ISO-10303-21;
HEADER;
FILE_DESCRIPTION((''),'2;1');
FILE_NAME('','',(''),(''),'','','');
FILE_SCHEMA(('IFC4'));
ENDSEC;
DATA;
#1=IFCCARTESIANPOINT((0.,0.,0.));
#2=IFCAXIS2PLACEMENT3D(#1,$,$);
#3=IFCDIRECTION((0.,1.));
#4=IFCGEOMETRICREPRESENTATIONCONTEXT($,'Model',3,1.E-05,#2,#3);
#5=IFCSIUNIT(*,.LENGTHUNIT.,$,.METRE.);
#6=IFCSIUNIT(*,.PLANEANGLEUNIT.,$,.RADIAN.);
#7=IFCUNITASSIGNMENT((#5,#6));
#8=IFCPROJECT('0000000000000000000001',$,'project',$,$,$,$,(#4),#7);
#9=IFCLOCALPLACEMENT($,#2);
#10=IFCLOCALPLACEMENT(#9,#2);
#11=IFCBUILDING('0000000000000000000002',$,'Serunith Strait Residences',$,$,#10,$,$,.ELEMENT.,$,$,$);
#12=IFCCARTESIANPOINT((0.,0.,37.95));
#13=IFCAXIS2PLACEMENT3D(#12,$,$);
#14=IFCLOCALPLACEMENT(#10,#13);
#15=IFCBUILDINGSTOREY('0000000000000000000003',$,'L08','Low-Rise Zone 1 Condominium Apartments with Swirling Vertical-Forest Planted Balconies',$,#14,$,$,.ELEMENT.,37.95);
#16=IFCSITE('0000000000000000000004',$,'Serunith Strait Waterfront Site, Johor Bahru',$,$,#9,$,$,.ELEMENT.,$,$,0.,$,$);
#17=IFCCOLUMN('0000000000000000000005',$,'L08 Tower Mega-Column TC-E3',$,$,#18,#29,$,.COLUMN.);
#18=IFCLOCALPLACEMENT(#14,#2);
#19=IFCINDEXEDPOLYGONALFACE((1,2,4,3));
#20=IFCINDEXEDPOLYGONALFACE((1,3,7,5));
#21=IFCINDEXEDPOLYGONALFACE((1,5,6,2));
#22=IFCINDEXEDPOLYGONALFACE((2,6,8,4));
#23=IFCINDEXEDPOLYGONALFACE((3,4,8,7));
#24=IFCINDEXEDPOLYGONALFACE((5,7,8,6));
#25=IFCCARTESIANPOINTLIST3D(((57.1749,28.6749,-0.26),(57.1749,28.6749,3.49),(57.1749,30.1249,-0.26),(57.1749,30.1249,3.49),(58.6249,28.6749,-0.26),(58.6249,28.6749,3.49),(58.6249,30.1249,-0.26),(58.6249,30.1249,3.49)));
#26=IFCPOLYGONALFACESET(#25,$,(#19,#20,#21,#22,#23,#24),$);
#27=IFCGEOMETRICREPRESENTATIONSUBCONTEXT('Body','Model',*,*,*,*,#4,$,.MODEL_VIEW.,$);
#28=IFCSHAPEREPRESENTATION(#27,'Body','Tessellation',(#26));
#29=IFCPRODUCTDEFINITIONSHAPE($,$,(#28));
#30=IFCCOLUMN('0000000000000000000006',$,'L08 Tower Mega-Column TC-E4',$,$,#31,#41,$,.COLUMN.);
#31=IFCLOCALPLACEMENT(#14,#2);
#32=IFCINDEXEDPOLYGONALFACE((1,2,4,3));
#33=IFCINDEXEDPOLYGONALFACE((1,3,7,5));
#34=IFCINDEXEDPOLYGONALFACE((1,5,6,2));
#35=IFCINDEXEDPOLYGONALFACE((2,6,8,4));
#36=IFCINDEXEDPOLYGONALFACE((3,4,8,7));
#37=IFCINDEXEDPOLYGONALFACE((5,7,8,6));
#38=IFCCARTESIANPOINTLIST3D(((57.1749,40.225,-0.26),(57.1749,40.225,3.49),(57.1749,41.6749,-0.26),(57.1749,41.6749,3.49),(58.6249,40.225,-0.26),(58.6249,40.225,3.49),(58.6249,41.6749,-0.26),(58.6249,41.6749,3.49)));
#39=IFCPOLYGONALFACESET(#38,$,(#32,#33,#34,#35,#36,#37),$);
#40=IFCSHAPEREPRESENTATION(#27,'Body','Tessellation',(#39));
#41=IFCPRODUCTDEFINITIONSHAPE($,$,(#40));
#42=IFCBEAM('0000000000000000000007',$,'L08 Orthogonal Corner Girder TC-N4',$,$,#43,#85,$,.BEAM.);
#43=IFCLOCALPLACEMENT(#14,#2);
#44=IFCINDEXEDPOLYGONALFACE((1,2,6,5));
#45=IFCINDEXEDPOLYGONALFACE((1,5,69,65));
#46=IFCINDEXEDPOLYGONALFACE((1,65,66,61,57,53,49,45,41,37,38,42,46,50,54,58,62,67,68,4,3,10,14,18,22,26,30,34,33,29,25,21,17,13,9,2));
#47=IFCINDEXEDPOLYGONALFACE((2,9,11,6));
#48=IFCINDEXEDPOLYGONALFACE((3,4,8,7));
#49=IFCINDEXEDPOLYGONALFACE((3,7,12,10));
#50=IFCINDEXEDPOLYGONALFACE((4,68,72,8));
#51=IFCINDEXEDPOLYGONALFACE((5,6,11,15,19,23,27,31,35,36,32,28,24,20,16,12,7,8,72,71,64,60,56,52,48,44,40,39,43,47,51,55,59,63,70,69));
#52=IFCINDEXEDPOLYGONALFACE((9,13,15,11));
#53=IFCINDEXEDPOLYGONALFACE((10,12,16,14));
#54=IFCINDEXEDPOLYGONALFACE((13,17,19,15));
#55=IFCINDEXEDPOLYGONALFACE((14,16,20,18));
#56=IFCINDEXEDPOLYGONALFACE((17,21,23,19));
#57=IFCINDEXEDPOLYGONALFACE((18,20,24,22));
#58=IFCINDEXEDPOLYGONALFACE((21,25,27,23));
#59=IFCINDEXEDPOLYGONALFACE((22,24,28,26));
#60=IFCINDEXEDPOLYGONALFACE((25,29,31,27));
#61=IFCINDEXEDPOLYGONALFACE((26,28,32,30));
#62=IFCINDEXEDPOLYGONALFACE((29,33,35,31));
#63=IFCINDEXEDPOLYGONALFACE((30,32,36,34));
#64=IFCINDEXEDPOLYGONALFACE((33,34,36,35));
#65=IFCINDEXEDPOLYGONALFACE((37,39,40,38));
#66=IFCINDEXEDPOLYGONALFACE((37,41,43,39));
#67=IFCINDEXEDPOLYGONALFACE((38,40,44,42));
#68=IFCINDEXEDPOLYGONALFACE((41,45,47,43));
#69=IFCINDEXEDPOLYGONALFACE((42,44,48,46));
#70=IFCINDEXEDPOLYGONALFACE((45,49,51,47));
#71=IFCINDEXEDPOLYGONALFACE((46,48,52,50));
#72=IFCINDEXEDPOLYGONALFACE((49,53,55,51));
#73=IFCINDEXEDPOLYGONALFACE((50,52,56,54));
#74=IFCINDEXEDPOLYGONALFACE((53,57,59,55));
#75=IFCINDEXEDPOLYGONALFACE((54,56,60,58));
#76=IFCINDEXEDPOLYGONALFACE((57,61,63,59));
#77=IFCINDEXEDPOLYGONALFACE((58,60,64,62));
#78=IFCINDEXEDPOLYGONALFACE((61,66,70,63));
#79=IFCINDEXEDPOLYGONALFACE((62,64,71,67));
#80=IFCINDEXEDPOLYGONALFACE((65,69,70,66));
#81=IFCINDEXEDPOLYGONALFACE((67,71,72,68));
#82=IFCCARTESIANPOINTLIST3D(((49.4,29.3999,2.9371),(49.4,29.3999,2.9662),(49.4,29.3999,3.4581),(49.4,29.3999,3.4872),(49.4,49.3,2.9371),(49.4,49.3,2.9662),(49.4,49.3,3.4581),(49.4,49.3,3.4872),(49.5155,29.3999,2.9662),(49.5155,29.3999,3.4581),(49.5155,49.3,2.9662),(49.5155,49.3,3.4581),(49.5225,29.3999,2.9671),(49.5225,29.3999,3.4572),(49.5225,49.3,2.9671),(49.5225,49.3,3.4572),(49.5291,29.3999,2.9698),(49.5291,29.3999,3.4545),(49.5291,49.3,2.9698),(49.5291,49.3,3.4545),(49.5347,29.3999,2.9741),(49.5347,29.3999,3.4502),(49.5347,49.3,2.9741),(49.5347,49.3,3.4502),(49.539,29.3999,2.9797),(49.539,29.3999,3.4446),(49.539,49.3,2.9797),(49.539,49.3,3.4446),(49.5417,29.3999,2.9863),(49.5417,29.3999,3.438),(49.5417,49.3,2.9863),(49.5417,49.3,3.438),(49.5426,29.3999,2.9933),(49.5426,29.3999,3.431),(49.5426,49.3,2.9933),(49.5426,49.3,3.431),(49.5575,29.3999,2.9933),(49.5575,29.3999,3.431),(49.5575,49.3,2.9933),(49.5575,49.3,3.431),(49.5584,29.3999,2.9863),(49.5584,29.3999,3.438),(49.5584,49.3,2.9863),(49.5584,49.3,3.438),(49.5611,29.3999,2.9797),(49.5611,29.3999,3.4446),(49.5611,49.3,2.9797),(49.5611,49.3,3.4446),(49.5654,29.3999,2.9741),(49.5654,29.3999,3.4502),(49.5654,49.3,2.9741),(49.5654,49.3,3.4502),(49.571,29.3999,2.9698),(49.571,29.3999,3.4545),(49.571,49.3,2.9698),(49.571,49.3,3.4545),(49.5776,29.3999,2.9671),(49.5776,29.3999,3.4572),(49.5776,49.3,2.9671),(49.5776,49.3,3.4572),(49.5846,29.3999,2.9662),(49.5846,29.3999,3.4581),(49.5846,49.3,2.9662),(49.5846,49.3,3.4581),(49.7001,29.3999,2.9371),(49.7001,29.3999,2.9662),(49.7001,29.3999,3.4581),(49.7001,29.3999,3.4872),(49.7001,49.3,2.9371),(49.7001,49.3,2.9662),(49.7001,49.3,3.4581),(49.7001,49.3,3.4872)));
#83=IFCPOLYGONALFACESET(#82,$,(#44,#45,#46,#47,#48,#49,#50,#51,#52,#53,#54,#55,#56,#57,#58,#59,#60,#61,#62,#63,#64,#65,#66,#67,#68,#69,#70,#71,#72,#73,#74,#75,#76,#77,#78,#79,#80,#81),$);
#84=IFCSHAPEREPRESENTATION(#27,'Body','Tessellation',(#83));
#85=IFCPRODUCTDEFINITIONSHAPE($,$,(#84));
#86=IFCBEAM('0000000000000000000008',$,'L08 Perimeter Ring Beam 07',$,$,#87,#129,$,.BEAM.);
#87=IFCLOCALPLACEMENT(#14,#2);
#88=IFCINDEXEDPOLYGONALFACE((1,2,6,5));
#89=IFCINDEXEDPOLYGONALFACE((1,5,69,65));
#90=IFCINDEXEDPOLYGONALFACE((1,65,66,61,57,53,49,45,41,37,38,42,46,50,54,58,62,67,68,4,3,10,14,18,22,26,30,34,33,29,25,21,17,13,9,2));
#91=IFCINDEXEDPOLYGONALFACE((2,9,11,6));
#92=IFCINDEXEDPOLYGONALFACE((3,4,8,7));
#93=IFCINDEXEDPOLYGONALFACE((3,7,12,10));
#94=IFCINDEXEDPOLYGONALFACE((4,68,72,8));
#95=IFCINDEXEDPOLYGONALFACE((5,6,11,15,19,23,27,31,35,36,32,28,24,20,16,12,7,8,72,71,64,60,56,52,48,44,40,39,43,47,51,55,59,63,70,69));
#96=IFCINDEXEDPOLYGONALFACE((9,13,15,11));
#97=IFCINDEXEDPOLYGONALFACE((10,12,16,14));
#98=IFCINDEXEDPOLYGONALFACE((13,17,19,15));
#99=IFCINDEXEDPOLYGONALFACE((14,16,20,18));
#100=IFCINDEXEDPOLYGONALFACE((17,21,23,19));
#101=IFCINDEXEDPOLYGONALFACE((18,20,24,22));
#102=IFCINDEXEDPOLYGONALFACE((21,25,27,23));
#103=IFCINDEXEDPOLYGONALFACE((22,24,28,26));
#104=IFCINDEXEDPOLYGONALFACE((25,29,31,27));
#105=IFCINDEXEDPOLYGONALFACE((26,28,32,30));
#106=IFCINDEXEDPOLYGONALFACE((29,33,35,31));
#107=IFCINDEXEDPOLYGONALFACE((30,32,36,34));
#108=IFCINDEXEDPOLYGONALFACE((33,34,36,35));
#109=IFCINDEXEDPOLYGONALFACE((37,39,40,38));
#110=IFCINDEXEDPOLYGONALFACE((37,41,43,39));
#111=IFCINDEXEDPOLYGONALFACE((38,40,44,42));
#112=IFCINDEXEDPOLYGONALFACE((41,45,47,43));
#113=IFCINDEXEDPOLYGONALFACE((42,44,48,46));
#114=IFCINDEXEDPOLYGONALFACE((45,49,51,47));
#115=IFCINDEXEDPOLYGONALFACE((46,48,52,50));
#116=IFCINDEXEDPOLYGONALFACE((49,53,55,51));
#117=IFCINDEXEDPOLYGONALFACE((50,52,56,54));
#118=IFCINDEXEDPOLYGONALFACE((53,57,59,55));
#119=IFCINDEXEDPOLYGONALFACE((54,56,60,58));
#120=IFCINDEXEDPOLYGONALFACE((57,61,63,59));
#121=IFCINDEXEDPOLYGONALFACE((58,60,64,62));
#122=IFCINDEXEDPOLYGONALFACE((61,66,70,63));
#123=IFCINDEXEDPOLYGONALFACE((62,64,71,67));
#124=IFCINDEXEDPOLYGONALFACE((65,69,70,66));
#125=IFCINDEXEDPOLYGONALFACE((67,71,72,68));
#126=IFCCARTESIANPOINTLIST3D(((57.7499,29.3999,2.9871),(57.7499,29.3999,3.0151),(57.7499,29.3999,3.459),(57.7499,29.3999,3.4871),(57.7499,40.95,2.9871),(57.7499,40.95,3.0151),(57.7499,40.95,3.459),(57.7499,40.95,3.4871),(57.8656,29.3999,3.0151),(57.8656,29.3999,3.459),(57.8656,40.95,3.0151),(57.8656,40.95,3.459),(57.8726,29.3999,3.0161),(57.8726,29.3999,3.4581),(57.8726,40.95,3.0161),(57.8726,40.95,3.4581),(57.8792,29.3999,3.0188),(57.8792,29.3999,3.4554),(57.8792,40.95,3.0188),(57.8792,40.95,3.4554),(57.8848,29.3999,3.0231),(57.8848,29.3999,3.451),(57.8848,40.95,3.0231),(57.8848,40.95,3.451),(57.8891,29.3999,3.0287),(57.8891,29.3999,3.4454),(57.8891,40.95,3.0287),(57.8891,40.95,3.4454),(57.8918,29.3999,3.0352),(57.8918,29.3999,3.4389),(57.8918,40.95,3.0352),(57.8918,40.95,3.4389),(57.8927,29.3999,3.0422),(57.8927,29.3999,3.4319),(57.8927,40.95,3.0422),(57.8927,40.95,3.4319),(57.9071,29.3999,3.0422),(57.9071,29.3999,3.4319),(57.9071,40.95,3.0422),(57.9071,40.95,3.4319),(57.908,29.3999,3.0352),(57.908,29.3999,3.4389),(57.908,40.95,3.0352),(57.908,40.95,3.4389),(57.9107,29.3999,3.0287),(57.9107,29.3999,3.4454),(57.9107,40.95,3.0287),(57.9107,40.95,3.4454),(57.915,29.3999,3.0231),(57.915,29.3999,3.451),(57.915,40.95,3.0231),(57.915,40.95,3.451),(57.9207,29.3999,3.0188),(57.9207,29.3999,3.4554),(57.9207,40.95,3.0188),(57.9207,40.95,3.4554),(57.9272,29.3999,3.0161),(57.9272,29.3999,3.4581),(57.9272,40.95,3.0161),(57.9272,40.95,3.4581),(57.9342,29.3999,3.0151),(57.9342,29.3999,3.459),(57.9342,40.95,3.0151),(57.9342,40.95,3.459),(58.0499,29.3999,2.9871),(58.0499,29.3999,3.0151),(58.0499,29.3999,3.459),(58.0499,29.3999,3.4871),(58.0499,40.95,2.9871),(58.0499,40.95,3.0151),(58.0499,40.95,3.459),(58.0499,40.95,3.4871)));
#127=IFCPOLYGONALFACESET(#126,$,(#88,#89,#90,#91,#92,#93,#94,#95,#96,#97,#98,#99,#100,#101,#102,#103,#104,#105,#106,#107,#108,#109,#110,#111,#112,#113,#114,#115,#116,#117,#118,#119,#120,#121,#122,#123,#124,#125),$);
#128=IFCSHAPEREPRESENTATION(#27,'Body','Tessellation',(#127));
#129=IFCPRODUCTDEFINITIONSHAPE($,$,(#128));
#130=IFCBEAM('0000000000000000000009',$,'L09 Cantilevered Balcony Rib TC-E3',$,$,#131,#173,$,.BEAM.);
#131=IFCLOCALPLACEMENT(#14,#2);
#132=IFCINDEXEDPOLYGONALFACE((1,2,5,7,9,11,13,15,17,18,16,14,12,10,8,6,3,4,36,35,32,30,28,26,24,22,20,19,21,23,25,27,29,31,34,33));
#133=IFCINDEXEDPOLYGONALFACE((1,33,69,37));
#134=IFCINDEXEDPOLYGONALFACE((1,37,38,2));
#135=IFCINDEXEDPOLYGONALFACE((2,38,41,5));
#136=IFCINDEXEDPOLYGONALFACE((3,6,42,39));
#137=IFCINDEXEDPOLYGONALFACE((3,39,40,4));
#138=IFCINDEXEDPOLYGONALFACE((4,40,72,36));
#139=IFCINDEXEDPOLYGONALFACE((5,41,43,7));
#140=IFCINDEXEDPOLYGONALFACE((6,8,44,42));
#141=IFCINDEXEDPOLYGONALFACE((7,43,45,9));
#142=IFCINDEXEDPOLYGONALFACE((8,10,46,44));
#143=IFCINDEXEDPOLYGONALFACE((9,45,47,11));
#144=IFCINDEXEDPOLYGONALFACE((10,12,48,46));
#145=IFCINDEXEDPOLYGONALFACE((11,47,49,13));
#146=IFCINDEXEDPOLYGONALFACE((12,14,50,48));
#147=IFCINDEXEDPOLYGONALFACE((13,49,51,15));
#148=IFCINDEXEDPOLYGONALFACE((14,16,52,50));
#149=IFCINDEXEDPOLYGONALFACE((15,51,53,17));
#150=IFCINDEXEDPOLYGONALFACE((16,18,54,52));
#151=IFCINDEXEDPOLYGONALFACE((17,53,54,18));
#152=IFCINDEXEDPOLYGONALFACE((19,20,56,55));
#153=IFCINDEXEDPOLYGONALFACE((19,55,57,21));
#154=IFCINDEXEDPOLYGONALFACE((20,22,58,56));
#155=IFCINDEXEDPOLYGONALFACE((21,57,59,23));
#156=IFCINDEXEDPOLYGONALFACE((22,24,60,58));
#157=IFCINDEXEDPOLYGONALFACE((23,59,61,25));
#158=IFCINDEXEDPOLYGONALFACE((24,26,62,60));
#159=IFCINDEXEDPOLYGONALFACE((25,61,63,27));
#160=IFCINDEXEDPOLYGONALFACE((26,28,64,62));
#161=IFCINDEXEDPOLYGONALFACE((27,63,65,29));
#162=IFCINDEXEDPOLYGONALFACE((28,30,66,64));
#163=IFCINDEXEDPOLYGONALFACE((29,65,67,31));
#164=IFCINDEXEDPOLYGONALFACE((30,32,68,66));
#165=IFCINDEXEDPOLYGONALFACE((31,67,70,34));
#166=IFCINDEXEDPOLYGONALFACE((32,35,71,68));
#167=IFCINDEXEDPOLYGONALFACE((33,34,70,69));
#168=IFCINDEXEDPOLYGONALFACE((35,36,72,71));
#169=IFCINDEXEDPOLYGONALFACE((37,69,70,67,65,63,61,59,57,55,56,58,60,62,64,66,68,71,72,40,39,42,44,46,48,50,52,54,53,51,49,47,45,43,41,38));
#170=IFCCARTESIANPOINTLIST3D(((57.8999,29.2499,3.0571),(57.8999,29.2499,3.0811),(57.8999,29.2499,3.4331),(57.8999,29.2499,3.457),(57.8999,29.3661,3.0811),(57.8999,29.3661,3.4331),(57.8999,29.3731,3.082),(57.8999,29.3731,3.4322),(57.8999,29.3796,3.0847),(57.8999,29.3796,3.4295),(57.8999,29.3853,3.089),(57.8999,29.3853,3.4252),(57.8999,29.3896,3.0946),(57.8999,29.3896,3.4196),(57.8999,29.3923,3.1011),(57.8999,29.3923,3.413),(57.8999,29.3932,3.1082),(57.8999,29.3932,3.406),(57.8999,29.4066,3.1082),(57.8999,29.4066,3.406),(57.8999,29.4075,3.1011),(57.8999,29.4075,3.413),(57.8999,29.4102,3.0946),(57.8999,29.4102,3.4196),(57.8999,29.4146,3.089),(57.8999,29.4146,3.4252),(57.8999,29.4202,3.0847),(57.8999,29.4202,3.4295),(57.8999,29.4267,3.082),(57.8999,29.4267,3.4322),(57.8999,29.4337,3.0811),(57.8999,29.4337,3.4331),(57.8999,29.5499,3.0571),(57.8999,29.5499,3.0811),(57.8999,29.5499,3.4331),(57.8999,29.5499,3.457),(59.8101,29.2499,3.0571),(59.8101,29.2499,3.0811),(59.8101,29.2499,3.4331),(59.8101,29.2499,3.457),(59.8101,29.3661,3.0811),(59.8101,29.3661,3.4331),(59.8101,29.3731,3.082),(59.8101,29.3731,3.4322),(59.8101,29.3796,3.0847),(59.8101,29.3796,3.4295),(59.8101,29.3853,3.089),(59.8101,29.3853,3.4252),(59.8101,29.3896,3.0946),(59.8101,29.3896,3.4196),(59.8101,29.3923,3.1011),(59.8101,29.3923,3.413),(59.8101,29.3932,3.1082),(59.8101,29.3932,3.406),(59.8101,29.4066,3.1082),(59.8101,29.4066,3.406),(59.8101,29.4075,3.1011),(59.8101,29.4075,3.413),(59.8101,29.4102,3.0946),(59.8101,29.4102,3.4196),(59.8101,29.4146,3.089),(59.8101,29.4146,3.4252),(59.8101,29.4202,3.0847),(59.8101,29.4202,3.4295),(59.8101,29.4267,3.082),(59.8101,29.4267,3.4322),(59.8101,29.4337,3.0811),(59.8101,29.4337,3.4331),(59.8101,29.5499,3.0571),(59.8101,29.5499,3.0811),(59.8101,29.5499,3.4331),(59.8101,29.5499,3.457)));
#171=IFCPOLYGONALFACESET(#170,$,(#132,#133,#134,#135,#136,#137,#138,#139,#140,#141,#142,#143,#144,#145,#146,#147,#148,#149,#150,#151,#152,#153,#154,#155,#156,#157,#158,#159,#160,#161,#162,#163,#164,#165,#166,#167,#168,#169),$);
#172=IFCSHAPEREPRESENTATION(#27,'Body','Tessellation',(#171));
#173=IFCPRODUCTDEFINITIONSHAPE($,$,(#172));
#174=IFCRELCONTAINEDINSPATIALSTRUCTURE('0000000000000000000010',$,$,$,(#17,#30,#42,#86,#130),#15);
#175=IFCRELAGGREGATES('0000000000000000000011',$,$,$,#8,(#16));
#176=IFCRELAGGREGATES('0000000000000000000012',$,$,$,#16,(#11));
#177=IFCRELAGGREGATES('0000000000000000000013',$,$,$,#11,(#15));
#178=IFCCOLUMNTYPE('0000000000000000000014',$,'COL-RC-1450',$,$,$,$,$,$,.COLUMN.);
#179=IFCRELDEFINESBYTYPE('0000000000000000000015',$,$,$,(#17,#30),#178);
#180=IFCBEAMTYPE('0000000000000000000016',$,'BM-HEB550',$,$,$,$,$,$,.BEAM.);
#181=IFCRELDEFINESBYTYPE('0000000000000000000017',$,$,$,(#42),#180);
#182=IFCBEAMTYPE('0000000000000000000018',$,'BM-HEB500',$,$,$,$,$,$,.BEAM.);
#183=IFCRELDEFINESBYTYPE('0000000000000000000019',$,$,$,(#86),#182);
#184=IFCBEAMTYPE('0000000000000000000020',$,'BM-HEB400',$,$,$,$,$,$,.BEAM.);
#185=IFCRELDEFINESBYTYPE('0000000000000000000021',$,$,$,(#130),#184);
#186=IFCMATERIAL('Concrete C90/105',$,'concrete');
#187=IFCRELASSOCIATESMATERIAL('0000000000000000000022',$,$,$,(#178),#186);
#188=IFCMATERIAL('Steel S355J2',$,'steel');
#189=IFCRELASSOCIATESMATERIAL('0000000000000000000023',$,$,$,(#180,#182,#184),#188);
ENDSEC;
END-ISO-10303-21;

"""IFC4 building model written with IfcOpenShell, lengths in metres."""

from ifc_helpers import new_model, si_unit, direction, frame, origin, origin_2d, place, context, subcontext, project, spatial, rectangle, i_section, extrude, source, transform, mapped, material, material_profile, profile_set, type_object, element, save


model = new_model("IFC4")

# Units and contexts
model_context = context("Model", 3, precision=1e-05, world=origin(), true_north=direction((0.0, 1.0)))
body_context = subcontext(model_context, "Body", "Model", "MODEL_VIEW")
ifc_project = project(units=[si_unit("LENGTHUNIT", "METRE"), si_unit("PLANEANGLEUNIT", "RADIAN")], contexts=[model_context])

# Site, building, storey
site_placement = place(None, origin())
site = spatial("IfcSite", under=ifc_project, at=site_placement, Name="Serunith Strait Waterfront Site, Johor Bahru", CompositionType="ELEMENT", RefElevation=0.0)
building_placement = place(site_placement, origin())
building = spatial("IfcBuilding", under=site, at=building_placement, Name="Serunith Strait Residences", CompositionType="ELEMENT")
storey_placement = place(building_placement, frame((0.0, 0.0, 37.95)))
storey = spatial("IfcBuildingStorey", under=building, at=storey_placement, Name="L08", Description="Low-Rise Zone 1 Condominium Apartments with Swirling Vertical-Forest Planted Balconies", CompositionType="ELEMENT", Elevation=37.95)

# Columns
ifc_material_1 = material(Name="Concrete C90/105", Category="concrete")
ifc_material_profile_1 = material_profile(ifc_material_1, rectangle(XDim=1.45, YDim=1.45, at=origin_2d()), Name="RC 1450x1450")
ifc_profile_set_1 = profile_set([ifc_material_profile_1], Name="Concrete C90/105")
column_type = type_object("IfcColumnType", Name="COL-RC-1450", PredefinedType="COLUMN", material=ifc_profile_set_1)
shared_shape_1 = source(origin(), body_context, "Body", "SweptSolid", [
    extrude(rectangle(XDim=1.45, YDim=1.45, at=origin_2d()), origin(), (0.0, 0.0, 1.0), 3.75),
])
for number, where, z_axis, x_axis, name in (
    (1, (57.8999, 29.3999, -0.26), (0.0, 0.0, 1.0), (1.0, 0.0, 0.0), "L08 Tower Mega-Column TC-E3"),
    (2, (57.8999, 40.95, -0.26), (0.0, 0.0, 1.0), (1.0, 0.0, 0.0), "L08 Tower Mega-Column TC-E4"),
):
    element("IfcColumn", number, at=place(storey_placement, frame(where, z_axis=z_axis, x_axis=x_axis)), inside=storey, type_object=column_type, Name=name, PredefinedType="COLUMN", context=body_context, shape_type="MappedRepresentation", body=[
        mapped(shared_shape_1, transform((0.0, 0.0, 0.0), scale=1.0)),
    ])

# Beams
ifc_material_2 = material(Name="Steel S355J2", Category="steel")
ifc_material_profile_2 = material_profile(ifc_material_2, i_section(OverallWidth=0.3, OverallDepth=0.55, WebThickness=0.0149, FlangeThickness=0.0291, FilletRadius=0.0271, at=origin_2d()), Name="HEB 550")
ifc_profile_set_2 = profile_set([ifc_material_profile_2], Name="Steel S355J2")
beam_type_1 = type_object("IfcBeamType", Name="BM-HEB550", PredefinedType="BEAM", material=ifc_profile_set_2)
shared_shape_2 = source(origin(), body_context, "Body", "SweptSolid", [
    extrude(i_section(OverallWidth=0.3, OverallDepth=0.55, WebThickness=0.0149, FlangeThickness=0.0291, FilletRadius=0.0271, at=origin_2d()), origin(), (0.0, 0.0, 1.0), 19.9001),
])
beam_1_placement = place(storey_placement, frame((49.55, 29.3999, 3.2122), z_axis=(0.0, 1.0, 0.0), x_axis=(-1.0, 0.0, 0.0)))
element("IfcBeam", 3, at=beam_1_placement, inside=storey, type_object=beam_type_1, Name="L08 Orthogonal Corner Girder TC-N4", PredefinedType="BEAM", context=body_context, shape_type="MappedRepresentation", body=[
    mapped(shared_shape_2, transform((0.0, 0.0, 0.0), scale=1.0)),
])
ifc_material_profile_3 = material_profile(ifc_material_2, i_section(OverallWidth=0.3, OverallDepth=0.5, WebThickness=0.0144, FlangeThickness=0.0281, FilletRadius=0.0271, at=origin_2d()), Name="HEB 500")
ifc_profile_set_3 = profile_set([ifc_material_profile_3], Name="Steel S355J2")
beam_type_2 = type_object("IfcBeamType", Name="BM-HEB500", PredefinedType="BEAM", material=ifc_profile_set_3)
shared_shape_3 = source(origin(), body_context, "Body", "SweptSolid", [
    extrude(i_section(OverallWidth=0.3, OverallDepth=0.5, WebThickness=0.0144, FlangeThickness=0.0281, FilletRadius=0.0271, at=origin_2d()), origin(), (0.0, 0.0, 1.0), 11.55),
])
beam_2_placement = place(storey_placement, frame((57.8999, 29.3999, 3.2371), z_axis=(0.0, 1.0, 0.0), x_axis=(-1.0, 0.0, 0.0)))
element("IfcBeam", 4, at=beam_2_placement, inside=storey, type_object=beam_type_2, Name="L08 Perimeter Ring Beam 07", PredefinedType="BEAM", context=body_context, shape_type="MappedRepresentation", body=[
    mapped(shared_shape_3, transform((0.0, 0.0, 0.0), scale=1.0)),
])
ifc_material_profile_4 = material_profile(ifc_material_2, i_section(OverallWidth=0.3, OverallDepth=0.3999, WebThickness=0.0134, FlangeThickness=0.0239, FilletRadius=0.0271, at=origin_2d()), Name="HEB 400")
ifc_profile_set_4 = profile_set([ifc_material_profile_4], Name="Steel S355J2")
beam_type_3 = type_object("IfcBeamType", Name="BM-HEB400", PredefinedType="BEAM", material=ifc_profile_set_4)
shared_shape_4 = source(origin(), body_context, "Body", "SweptSolid", [
    extrude(i_section(OverallWidth=0.3, OverallDepth=0.3999, WebThickness=0.0134, FlangeThickness=0.0239, FilletRadius=0.0271, at=origin_2d()), origin(), (0.0, 0.0, 1.0), 1.9102),
])
beam_3_placement = place(storey_placement, frame((57.8999, 29.3999, 3.2571), z_axis=(1.0, 0.0, 0.0), x_axis=(0.0, 1.0, 0.0)))
element("IfcBeam", 5, at=beam_3_placement, inside=storey, type_object=beam_type_3, Name="L09 Cantilevered Balcony Rib TC-E3", PredefinedType="BEAM", context=body_context, shape_type="MappedRepresentation", body=[
    mapped(shared_shape_4, transform((0.0, 0.0, 0.0), scale=1.0)),
])

save(model, "model.ifc")
